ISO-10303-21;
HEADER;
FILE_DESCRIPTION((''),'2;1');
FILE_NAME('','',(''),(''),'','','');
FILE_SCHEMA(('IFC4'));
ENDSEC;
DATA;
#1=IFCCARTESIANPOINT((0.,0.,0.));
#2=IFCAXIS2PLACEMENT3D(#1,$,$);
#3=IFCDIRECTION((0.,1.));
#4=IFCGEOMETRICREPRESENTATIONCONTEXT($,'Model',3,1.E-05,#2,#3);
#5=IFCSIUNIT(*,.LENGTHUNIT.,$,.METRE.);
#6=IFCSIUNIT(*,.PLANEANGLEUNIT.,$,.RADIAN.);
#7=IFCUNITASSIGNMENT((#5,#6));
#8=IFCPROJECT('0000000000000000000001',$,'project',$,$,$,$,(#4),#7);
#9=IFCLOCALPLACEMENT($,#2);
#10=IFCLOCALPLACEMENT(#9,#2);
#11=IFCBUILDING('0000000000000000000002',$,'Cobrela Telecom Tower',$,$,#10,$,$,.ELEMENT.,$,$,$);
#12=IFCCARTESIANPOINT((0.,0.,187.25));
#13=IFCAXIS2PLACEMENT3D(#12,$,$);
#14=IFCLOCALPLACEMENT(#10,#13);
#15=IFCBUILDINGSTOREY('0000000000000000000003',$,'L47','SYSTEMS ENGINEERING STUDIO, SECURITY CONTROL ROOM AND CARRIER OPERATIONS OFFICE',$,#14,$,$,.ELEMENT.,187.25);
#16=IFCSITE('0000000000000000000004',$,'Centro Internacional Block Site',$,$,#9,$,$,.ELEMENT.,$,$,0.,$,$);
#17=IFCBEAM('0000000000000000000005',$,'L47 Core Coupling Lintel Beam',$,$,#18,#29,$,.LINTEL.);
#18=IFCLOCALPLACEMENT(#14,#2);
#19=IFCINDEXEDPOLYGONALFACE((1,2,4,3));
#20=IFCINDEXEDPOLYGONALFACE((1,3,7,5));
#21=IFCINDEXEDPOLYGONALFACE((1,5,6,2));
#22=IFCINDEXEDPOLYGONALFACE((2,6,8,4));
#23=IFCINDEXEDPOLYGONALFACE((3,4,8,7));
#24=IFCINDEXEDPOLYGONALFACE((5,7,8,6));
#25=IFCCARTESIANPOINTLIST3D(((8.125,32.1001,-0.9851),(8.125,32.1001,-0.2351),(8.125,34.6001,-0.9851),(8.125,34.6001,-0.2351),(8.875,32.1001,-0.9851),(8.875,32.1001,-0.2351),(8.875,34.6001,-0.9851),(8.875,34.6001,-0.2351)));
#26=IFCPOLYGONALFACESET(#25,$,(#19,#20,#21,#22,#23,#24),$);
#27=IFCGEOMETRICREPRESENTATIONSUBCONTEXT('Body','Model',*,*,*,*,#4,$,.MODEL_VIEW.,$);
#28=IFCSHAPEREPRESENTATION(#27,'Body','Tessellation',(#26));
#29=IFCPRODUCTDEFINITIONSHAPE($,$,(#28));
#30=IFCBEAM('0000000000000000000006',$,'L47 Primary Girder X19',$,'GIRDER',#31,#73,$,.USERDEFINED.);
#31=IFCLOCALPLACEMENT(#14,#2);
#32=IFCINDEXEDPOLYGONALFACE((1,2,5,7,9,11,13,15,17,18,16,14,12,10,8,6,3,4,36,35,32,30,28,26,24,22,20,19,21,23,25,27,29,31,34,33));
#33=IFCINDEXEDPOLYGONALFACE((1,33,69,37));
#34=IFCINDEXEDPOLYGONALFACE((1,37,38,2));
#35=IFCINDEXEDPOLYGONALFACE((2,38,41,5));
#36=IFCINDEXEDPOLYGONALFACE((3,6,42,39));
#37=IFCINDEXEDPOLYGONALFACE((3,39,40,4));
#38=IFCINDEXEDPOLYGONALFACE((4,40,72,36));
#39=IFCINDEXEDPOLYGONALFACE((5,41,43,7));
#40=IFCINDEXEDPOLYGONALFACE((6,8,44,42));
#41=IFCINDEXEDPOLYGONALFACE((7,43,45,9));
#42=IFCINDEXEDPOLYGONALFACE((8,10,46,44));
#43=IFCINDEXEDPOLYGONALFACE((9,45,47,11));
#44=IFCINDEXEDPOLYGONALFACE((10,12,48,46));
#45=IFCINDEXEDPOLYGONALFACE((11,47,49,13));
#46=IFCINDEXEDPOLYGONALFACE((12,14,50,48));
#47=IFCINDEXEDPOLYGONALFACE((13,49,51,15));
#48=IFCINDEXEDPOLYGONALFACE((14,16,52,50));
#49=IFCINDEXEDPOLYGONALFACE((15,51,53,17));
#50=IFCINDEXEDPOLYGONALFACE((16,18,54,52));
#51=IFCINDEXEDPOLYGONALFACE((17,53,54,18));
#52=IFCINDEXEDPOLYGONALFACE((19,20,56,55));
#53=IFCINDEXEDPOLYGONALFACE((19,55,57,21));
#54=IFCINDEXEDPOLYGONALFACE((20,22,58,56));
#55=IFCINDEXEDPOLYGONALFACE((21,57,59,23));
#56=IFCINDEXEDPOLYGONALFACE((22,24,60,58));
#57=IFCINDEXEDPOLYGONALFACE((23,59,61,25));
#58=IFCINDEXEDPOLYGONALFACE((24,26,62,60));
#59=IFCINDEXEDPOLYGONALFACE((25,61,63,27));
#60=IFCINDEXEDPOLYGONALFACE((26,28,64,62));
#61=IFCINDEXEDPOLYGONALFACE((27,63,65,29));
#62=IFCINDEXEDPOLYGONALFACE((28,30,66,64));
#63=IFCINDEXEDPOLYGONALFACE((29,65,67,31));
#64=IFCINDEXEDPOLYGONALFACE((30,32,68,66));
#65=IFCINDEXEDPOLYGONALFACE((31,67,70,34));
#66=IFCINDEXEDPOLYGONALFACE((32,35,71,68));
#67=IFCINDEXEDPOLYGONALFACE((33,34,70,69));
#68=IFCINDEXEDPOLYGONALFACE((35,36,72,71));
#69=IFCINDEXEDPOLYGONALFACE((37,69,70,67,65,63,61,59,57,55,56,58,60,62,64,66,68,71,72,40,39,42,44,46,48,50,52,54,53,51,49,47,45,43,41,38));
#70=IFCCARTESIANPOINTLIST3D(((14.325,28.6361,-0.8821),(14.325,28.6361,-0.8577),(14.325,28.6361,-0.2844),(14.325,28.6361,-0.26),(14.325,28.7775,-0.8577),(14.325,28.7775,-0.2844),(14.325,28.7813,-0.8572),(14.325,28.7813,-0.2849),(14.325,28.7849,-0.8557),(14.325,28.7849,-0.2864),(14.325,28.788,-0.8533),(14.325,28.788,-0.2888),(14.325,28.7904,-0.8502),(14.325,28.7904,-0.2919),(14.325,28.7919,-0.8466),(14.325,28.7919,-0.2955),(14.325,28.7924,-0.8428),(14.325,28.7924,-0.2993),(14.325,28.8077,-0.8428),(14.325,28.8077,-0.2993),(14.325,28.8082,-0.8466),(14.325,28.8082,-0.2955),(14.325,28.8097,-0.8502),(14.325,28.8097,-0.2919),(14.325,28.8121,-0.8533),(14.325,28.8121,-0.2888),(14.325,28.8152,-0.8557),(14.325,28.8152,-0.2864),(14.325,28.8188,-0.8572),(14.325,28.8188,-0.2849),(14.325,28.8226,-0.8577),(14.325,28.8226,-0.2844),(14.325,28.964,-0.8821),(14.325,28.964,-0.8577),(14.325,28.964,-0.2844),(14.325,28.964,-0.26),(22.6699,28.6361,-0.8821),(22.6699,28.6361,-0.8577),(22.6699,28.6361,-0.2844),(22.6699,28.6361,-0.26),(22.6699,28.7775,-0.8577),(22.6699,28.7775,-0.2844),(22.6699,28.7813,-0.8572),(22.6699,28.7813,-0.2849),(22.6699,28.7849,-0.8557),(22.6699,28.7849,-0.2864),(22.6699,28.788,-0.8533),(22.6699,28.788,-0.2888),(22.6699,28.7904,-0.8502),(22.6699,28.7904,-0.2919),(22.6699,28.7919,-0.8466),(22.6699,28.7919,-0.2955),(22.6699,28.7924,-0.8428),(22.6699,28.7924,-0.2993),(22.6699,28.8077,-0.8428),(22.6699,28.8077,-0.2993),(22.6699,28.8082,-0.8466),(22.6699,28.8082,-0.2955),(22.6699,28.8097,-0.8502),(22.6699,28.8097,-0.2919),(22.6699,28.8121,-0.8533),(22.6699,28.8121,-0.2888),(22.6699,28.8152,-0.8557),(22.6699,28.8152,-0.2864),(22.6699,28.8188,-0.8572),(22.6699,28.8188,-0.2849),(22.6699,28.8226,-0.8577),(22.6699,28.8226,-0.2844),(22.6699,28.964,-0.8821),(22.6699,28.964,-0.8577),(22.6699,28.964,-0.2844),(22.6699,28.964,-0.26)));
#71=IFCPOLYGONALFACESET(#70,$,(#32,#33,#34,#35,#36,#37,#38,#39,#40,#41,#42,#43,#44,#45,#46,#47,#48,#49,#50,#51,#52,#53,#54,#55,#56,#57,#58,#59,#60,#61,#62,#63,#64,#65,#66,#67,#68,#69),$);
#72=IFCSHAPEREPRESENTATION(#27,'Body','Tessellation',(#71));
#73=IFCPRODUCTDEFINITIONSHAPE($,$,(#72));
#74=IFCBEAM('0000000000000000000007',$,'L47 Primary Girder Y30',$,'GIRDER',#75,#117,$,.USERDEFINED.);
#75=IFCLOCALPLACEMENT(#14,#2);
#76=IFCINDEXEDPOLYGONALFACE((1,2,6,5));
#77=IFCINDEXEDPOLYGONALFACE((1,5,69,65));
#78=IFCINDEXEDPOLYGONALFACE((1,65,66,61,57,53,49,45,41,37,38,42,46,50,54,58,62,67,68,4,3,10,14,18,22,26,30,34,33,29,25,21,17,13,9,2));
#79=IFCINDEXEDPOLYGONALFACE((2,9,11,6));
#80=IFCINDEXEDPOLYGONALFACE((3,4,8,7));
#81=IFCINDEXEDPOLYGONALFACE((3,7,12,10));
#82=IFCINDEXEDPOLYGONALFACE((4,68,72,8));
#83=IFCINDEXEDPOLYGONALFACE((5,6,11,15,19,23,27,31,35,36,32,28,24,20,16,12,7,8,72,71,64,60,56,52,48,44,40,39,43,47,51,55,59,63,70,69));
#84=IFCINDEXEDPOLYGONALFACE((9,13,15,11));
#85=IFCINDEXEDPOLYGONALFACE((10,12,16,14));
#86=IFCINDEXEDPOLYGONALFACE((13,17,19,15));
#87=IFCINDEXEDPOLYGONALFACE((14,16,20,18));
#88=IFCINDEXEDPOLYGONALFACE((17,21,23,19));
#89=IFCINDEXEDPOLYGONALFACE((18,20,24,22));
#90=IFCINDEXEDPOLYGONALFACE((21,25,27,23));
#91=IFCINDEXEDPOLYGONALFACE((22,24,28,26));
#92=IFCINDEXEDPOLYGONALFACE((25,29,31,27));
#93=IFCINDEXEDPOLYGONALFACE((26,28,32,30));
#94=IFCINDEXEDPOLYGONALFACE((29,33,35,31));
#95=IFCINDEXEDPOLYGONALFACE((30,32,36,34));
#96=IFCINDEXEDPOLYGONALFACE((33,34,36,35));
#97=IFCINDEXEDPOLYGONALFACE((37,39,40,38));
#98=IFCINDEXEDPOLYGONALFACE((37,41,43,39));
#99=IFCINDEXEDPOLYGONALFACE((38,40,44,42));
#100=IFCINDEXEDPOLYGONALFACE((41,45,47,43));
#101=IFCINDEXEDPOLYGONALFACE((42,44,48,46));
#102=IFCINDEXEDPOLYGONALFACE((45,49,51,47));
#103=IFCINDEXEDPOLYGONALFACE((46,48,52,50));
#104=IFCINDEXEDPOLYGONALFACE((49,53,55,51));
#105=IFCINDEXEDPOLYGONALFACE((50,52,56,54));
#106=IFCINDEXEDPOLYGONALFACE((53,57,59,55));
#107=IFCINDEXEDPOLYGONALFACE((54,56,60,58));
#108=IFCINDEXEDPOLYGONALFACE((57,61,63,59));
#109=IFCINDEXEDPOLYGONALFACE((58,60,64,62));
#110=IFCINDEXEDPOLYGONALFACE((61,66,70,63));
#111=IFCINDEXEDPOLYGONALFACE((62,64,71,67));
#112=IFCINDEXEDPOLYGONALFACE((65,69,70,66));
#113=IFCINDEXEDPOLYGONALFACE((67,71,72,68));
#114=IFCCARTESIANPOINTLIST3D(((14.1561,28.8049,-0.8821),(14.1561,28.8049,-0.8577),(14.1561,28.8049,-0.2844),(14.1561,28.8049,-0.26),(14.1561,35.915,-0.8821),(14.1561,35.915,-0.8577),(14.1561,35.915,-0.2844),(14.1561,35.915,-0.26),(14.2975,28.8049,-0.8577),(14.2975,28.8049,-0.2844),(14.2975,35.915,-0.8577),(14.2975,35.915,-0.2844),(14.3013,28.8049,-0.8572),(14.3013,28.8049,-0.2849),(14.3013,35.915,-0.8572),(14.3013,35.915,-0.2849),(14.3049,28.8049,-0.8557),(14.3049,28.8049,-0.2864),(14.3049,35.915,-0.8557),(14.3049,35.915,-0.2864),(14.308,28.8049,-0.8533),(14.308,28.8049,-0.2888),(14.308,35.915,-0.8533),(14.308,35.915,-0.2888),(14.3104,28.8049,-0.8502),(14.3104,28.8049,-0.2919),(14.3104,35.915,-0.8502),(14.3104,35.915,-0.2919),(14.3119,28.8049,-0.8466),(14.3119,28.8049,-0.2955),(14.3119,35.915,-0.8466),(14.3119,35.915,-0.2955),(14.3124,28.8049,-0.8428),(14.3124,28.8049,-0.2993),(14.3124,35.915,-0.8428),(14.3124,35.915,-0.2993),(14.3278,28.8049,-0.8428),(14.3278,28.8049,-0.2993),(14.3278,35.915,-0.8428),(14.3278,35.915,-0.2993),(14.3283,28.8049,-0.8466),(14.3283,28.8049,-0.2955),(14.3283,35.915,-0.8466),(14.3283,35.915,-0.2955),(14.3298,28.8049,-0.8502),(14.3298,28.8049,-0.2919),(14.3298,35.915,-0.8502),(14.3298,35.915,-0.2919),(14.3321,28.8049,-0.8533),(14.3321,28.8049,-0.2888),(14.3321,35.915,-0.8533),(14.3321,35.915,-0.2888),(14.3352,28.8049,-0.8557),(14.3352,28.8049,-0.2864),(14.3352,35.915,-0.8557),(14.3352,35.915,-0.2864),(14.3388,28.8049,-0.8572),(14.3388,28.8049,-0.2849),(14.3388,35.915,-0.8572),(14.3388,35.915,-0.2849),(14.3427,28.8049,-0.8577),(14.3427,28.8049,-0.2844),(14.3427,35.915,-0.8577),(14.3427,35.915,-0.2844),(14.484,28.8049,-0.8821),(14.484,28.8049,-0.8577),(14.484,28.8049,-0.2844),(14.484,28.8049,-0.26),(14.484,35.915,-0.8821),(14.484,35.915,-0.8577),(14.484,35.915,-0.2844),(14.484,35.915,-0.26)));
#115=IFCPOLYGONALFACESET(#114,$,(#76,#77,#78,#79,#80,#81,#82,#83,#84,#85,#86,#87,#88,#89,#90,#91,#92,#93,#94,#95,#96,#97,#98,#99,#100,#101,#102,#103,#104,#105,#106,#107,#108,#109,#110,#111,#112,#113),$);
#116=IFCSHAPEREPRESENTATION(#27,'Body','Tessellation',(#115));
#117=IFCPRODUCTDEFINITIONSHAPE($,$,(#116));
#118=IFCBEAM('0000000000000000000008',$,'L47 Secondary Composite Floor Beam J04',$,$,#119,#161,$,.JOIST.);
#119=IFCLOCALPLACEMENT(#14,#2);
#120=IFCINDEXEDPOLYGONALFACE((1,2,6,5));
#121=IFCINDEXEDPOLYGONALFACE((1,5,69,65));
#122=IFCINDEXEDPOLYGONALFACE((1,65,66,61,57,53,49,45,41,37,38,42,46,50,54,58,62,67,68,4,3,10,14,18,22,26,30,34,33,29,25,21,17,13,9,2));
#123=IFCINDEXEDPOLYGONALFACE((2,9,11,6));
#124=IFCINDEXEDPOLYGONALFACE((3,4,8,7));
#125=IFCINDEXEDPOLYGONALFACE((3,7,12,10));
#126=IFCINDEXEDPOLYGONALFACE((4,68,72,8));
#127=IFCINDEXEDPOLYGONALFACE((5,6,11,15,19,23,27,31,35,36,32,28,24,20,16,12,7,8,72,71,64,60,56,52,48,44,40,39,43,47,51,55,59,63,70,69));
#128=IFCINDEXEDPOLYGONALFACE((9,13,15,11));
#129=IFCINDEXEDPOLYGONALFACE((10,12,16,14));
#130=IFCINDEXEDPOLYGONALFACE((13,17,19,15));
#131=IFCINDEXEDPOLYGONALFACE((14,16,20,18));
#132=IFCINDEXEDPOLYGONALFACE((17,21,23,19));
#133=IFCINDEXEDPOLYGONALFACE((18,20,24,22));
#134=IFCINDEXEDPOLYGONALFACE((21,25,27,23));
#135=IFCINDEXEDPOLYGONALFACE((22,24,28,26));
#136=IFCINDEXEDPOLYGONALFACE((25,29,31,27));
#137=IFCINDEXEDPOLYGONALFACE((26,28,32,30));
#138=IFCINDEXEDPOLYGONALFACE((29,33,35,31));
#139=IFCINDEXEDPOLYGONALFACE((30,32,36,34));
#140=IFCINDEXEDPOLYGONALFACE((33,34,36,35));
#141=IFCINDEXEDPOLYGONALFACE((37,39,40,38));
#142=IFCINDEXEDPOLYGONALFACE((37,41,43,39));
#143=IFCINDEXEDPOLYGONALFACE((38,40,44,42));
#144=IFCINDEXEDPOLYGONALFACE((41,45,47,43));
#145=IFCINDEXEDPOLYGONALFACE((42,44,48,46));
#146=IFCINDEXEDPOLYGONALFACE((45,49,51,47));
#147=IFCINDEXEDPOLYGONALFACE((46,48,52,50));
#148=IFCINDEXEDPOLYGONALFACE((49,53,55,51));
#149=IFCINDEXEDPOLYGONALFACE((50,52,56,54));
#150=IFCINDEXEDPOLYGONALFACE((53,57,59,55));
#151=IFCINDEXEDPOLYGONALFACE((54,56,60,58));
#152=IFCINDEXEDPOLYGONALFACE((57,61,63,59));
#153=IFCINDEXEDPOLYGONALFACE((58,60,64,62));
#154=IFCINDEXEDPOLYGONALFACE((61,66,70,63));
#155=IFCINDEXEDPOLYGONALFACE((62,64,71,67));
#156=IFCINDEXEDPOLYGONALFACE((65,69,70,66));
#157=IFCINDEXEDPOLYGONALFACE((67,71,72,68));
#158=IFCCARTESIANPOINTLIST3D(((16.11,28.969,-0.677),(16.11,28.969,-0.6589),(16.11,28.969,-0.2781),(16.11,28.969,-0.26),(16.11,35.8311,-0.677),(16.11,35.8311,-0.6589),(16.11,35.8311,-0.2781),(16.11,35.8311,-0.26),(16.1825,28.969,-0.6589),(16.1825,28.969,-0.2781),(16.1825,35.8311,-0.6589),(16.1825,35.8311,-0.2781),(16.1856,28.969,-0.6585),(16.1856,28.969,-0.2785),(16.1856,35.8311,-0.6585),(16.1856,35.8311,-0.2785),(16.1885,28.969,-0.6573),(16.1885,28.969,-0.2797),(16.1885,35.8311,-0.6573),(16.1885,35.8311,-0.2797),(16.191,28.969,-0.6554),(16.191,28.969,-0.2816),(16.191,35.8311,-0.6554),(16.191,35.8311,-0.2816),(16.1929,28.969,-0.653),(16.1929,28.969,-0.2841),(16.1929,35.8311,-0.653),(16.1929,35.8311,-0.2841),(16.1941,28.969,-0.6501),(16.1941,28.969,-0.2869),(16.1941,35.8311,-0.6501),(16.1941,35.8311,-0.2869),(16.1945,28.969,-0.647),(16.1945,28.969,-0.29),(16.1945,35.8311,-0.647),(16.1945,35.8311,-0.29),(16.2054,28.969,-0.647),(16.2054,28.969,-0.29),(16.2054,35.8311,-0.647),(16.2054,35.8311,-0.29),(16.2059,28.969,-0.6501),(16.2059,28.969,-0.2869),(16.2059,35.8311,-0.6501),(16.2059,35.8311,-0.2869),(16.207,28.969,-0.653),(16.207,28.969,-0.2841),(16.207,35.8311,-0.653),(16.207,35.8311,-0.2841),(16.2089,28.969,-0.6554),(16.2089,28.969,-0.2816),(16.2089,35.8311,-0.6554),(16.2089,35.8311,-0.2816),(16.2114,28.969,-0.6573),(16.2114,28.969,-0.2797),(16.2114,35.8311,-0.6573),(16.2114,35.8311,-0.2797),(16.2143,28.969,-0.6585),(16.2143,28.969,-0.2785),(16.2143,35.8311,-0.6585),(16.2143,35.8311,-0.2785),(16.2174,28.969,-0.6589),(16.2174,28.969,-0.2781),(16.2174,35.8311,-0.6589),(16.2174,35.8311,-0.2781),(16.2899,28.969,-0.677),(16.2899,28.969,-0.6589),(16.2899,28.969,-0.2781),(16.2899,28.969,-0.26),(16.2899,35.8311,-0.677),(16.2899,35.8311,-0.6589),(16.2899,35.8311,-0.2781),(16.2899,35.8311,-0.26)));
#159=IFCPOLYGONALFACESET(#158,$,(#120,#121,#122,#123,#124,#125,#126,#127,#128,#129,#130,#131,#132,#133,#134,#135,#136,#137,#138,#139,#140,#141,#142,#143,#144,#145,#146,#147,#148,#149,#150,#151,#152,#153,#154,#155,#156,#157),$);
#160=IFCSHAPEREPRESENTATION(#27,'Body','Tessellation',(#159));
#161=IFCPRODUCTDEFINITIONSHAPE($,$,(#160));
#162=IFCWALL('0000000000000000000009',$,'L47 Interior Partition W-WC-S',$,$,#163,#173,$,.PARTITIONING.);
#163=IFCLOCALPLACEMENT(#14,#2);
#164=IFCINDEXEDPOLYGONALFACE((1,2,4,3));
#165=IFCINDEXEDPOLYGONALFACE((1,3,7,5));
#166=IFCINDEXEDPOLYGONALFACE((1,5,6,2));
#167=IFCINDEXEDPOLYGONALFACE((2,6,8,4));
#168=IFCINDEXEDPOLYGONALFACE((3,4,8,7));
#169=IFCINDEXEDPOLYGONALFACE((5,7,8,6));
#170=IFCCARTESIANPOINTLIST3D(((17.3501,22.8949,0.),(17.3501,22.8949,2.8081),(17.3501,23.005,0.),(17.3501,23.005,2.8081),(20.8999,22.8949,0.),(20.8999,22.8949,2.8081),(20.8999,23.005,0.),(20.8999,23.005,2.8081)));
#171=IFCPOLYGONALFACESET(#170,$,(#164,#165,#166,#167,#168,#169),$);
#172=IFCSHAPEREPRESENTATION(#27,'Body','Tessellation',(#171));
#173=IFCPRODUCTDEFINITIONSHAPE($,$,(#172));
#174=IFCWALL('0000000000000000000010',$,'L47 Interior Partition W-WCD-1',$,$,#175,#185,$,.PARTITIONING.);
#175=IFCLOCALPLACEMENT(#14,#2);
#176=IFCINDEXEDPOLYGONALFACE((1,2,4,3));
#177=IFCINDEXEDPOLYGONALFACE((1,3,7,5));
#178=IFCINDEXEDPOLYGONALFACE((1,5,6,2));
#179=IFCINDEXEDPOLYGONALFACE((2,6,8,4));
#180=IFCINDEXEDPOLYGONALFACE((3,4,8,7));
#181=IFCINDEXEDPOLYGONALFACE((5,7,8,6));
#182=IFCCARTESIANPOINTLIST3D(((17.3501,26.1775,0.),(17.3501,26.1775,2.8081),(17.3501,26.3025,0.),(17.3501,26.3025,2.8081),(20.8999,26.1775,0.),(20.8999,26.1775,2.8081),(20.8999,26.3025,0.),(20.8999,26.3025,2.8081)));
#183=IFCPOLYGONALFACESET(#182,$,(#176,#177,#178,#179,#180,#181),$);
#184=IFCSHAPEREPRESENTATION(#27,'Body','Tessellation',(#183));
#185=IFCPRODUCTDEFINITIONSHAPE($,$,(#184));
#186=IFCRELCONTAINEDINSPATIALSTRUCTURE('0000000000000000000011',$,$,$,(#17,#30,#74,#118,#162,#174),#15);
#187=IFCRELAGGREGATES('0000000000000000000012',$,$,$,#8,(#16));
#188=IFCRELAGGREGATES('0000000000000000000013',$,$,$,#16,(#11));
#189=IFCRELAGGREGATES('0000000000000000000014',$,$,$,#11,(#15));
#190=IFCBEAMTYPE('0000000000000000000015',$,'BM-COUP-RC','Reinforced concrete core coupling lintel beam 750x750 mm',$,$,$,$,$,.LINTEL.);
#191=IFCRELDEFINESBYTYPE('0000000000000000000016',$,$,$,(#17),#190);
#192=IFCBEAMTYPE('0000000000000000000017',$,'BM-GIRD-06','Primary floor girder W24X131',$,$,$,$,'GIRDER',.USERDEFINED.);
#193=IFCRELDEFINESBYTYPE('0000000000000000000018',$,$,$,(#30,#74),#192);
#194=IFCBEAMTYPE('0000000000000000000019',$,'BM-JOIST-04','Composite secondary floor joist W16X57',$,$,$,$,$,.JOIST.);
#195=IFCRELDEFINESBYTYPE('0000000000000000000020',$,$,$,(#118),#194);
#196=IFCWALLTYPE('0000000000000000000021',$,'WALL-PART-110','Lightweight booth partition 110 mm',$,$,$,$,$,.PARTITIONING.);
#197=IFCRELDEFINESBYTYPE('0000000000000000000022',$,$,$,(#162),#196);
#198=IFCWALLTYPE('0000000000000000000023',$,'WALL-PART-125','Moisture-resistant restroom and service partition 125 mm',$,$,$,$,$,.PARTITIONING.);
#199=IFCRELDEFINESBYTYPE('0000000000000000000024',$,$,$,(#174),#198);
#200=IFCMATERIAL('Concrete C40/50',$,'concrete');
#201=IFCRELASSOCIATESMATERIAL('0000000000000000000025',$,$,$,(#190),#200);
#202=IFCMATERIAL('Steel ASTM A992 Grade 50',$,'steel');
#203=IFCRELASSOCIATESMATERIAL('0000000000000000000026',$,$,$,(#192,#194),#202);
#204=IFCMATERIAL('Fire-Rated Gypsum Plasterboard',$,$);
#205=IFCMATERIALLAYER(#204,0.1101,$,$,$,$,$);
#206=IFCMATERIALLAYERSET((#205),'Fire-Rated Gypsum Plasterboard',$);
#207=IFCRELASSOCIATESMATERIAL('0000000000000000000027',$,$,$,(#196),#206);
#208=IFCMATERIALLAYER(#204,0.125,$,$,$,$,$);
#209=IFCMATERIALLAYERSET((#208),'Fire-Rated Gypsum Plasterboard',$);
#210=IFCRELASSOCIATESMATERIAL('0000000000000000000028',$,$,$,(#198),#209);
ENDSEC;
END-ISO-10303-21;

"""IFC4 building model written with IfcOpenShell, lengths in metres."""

from ifc_helpers import new_model, si_unit, direction, frame, frame_2d, origin, origin_2d, place, context, subcontext, project, spatial, rectangle, i_section, extrude, material, layer, layer_set, material_profile, profile_set, type_object, element, save


model = new_model("IFC4")

# Units and contexts
model_context = context("Model", 3, precision=1e-05, world=origin(), true_north=direction((0.0, 1.0)))
body_context = subcontext(model_context, "Body", "Model", "MODEL_VIEW")
ifc_project = project(units=[si_unit("LENGTHUNIT", "METRE"), si_unit("PLANEANGLEUNIT", "RADIAN")], contexts=[model_context])

# Site, building, storey
site_placement = place(None, origin())
site = spatial("IfcSite", under=ifc_project, at=site_placement, Name="Centro Internacional Block Site", CompositionType="ELEMENT", RefElevation=0.0)
building_placement = place(site_placement, origin())
building = spatial("IfcBuilding", under=site, at=building_placement, Name="Cobrela Telecom Tower", CompositionType="ELEMENT")
storey_placement = place(building_placement, frame((0.0, 0.0, 187.25)))
storey = spatial("IfcBuildingStorey", under=building, at=storey_placement, Name="L47", Description="SYSTEMS ENGINEERING STUDIO, SECURITY CONTROL ROOM AND CARRIER OPERATIONS OFFICE", CompositionType="ELEMENT", Elevation=187.25)

# Beams
ifc_material_1 = material(Name="Concrete C40/50", Category="concrete")
ifc_material_profile_1 = material_profile(ifc_material_1, rectangle(XDim=0.75, YDim=0.75, at=origin_2d()), Name="RC 750x750")
ifc_profile_set_1 = profile_set([ifc_material_profile_1], Name="Concrete C40/50")
beam_type_1 = type_object("IfcBeamType", Name="BM-COUP-RC", Description="Reinforced concrete core coupling lintel beam 750x750 mm", PredefinedType="LINTEL", material=ifc_profile_set_1)
beam_1_placement = place(storey_placement, frame((8.5, 32.1001, -0.6101), z_axis=(0.0, 1.0, 0.0), x_axis=(-1.0, 0.0, 0.0)))
element("IfcBeam", 1, at=beam_1_placement, inside=storey, type_object=beam_type_1, Name="L47 Core Coupling Lintel Beam", PredefinedType="LINTEL", context=body_context, shape_type="SweptSolid", body=[
    extrude(rectangle(XDim=0.75, YDim=0.75, at=origin_2d()), origin(), (0.0, 0.0, 1.0), 2.5),
])
ifc_material_2 = material(Name="Steel ASTM A992 Grade 50", Category="steel")
ifc_material_profile_2 = material_profile(ifc_material_2, i_section(OverallWidth=0.3279, OverallDepth=0.6221, WebThickness=0.0154, FlangeThickness=0.0244, FilletRadius=0.0149, at=origin_2d()), Name="W24X131")
ifc_profile_set_2 = profile_set([ifc_material_profile_2], Name="Steel ASTM A992 Grade 50")
beam_type_2 = type_object("IfcBeamType", Name="BM-GIRD-06", Description="Primary floor girder W24X131", ElementType="GIRDER", PredefinedType="USERDEFINED", material=ifc_profile_set_2)
beam_2_placement = place(storey_placement, frame((14.325, 28.8, -0.571), z_axis=(1.0, 0.0, 0.0), x_axis=(0.0, 1.0, 0.0)))
element("IfcBeam", 2, at=beam_2_placement, inside=storey, type_object=beam_type_2, Name="L47 Primary Girder X19", ObjectType="GIRDER", PredefinedType="USERDEFINED", context=body_context, shape_type="SweptSolid", body=[
    extrude(i_section(OverallWidth=0.3279, OverallDepth=0.6221, WebThickness=0.0154, FlangeThickness=0.0244, FilletRadius=0.0149, at=origin_2d()), origin(), (0.0, 0.0, 1.0), 8.345),
])
beam_3_placement = place(storey_placement, frame((14.3201, 28.8049, -0.571), z_axis=(0.0, 1.0, 0.0), x_axis=(-1.0, 0.0, 0.0)))
element("IfcBeam", 3, at=beam_3_placement, inside=storey, type_object=beam_type_2, Name="L47 Primary Girder Y30", ObjectType="GIRDER", PredefinedType="USERDEFINED", context=body_context, shape_type="SweptSolid", body=[
    extrude(i_section(OverallWidth=0.3279, OverallDepth=0.6221, WebThickness=0.0154, FlangeThickness=0.0244, FilletRadius=0.0149, at=origin_2d()), origin(), (0.0, 0.0, 1.0), 7.1101),
])
ifc_material_profile_3 = material_profile(ifc_material_2, i_section(OverallWidth=0.1799, OverallDepth=0.417, WebThickness=0.011, FlangeThickness=0.0181, FilletRadius=0.012, at=origin_2d()), Name="W16X57")
ifc_profile_set_3 = profile_set([ifc_material_profile_3], Name="Steel ASTM A992 Grade 50")
beam_type_3 = type_object("IfcBeamType", Name="BM-JOIST-04", Description="Composite secondary floor joist W16X57", PredefinedType="JOIST", material=ifc_profile_set_3)
beam_4_placement = place(storey_placement, frame((16.2, 28.969, -0.4685), z_axis=(0.0, 1.0, 0.0), x_axis=(-1.0, 0.0, 0.0)))
element("IfcBeam", 4, at=beam_4_placement, inside=storey, type_object=beam_type_3, Name="L47 Secondary Composite Floor Beam J04", PredefinedType="JOIST", context=body_context, shape_type="SweptSolid", body=[
    extrude(i_section(OverallWidth=0.1799, OverallDepth=0.417, WebThickness=0.011, FlangeThickness=0.0181, FilletRadius=0.012, at=origin_2d()), origin(), (0.0, 0.0, 1.0), 6.8621),
])

# Walls
ifc_material_3 = material(Name="Fire-Rated Gypsum Plasterboard")
ifc_layer_1 = layer(ifc_material_3, 0.1101)
ifc_layer_set_1 = layer_set([ifc_layer_1], Name="Fire-Rated Gypsum Plasterboard")
wall_type_1 = type_object("IfcWallType", Name="WALL-PART-110", Description="Lightweight booth partition 110 mm", PredefinedType="PARTITIONING", material=ifc_layer_set_1)
wall_1_placement = place(storey_placement, frame((17.3501, 22.95, 0.0), z_axis=(0.0, 0.0, 1.0), x_axis=(1.0, 0.0, 0.0)))
element("IfcWall", 5, at=wall_1_placement, inside=storey, type_object=wall_type_1, Name="L47 Interior Partition W-WC-S", PredefinedType="PARTITIONING", context=body_context, shape_type="SweptSolid", body=[
    extrude(rectangle(XDim=3.5498, YDim=0.1101, at=frame_2d((1.7749, 0.0))), origin(), (0.0, 0.0, 1.0), 2.8081),
])
ifc_layer_2 = layer(ifc_material_3, 0.125)
ifc_layer_set_2 = layer_set([ifc_layer_2], Name="Fire-Rated Gypsum Plasterboard")
wall_type_2 = type_object("IfcWallType", Name="WALL-PART-125", Description="Moisture-resistant restroom and service partition 125 mm", PredefinedType="PARTITIONING", material=ifc_layer_set_2)
wall_2_placement = place(storey_placement, frame((17.3501, 26.24, 0.0), z_axis=(0.0, 0.0, 1.0), x_axis=(1.0, 0.0, 0.0)))
element("IfcWall", 6, at=wall_2_placement, inside=storey, type_object=wall_type_2, Name="L47 Interior Partition W-WCD-1", PredefinedType="PARTITIONING", context=body_context, shape_type="SweptSolid", body=[
    extrude(rectangle(XDim=3.5498, YDim=0.125, at=frame_2d((1.7749, 0.0))), origin(), (0.0, 0.0, 1.0), 2.8081),
])

save(model, "model.ifc")
